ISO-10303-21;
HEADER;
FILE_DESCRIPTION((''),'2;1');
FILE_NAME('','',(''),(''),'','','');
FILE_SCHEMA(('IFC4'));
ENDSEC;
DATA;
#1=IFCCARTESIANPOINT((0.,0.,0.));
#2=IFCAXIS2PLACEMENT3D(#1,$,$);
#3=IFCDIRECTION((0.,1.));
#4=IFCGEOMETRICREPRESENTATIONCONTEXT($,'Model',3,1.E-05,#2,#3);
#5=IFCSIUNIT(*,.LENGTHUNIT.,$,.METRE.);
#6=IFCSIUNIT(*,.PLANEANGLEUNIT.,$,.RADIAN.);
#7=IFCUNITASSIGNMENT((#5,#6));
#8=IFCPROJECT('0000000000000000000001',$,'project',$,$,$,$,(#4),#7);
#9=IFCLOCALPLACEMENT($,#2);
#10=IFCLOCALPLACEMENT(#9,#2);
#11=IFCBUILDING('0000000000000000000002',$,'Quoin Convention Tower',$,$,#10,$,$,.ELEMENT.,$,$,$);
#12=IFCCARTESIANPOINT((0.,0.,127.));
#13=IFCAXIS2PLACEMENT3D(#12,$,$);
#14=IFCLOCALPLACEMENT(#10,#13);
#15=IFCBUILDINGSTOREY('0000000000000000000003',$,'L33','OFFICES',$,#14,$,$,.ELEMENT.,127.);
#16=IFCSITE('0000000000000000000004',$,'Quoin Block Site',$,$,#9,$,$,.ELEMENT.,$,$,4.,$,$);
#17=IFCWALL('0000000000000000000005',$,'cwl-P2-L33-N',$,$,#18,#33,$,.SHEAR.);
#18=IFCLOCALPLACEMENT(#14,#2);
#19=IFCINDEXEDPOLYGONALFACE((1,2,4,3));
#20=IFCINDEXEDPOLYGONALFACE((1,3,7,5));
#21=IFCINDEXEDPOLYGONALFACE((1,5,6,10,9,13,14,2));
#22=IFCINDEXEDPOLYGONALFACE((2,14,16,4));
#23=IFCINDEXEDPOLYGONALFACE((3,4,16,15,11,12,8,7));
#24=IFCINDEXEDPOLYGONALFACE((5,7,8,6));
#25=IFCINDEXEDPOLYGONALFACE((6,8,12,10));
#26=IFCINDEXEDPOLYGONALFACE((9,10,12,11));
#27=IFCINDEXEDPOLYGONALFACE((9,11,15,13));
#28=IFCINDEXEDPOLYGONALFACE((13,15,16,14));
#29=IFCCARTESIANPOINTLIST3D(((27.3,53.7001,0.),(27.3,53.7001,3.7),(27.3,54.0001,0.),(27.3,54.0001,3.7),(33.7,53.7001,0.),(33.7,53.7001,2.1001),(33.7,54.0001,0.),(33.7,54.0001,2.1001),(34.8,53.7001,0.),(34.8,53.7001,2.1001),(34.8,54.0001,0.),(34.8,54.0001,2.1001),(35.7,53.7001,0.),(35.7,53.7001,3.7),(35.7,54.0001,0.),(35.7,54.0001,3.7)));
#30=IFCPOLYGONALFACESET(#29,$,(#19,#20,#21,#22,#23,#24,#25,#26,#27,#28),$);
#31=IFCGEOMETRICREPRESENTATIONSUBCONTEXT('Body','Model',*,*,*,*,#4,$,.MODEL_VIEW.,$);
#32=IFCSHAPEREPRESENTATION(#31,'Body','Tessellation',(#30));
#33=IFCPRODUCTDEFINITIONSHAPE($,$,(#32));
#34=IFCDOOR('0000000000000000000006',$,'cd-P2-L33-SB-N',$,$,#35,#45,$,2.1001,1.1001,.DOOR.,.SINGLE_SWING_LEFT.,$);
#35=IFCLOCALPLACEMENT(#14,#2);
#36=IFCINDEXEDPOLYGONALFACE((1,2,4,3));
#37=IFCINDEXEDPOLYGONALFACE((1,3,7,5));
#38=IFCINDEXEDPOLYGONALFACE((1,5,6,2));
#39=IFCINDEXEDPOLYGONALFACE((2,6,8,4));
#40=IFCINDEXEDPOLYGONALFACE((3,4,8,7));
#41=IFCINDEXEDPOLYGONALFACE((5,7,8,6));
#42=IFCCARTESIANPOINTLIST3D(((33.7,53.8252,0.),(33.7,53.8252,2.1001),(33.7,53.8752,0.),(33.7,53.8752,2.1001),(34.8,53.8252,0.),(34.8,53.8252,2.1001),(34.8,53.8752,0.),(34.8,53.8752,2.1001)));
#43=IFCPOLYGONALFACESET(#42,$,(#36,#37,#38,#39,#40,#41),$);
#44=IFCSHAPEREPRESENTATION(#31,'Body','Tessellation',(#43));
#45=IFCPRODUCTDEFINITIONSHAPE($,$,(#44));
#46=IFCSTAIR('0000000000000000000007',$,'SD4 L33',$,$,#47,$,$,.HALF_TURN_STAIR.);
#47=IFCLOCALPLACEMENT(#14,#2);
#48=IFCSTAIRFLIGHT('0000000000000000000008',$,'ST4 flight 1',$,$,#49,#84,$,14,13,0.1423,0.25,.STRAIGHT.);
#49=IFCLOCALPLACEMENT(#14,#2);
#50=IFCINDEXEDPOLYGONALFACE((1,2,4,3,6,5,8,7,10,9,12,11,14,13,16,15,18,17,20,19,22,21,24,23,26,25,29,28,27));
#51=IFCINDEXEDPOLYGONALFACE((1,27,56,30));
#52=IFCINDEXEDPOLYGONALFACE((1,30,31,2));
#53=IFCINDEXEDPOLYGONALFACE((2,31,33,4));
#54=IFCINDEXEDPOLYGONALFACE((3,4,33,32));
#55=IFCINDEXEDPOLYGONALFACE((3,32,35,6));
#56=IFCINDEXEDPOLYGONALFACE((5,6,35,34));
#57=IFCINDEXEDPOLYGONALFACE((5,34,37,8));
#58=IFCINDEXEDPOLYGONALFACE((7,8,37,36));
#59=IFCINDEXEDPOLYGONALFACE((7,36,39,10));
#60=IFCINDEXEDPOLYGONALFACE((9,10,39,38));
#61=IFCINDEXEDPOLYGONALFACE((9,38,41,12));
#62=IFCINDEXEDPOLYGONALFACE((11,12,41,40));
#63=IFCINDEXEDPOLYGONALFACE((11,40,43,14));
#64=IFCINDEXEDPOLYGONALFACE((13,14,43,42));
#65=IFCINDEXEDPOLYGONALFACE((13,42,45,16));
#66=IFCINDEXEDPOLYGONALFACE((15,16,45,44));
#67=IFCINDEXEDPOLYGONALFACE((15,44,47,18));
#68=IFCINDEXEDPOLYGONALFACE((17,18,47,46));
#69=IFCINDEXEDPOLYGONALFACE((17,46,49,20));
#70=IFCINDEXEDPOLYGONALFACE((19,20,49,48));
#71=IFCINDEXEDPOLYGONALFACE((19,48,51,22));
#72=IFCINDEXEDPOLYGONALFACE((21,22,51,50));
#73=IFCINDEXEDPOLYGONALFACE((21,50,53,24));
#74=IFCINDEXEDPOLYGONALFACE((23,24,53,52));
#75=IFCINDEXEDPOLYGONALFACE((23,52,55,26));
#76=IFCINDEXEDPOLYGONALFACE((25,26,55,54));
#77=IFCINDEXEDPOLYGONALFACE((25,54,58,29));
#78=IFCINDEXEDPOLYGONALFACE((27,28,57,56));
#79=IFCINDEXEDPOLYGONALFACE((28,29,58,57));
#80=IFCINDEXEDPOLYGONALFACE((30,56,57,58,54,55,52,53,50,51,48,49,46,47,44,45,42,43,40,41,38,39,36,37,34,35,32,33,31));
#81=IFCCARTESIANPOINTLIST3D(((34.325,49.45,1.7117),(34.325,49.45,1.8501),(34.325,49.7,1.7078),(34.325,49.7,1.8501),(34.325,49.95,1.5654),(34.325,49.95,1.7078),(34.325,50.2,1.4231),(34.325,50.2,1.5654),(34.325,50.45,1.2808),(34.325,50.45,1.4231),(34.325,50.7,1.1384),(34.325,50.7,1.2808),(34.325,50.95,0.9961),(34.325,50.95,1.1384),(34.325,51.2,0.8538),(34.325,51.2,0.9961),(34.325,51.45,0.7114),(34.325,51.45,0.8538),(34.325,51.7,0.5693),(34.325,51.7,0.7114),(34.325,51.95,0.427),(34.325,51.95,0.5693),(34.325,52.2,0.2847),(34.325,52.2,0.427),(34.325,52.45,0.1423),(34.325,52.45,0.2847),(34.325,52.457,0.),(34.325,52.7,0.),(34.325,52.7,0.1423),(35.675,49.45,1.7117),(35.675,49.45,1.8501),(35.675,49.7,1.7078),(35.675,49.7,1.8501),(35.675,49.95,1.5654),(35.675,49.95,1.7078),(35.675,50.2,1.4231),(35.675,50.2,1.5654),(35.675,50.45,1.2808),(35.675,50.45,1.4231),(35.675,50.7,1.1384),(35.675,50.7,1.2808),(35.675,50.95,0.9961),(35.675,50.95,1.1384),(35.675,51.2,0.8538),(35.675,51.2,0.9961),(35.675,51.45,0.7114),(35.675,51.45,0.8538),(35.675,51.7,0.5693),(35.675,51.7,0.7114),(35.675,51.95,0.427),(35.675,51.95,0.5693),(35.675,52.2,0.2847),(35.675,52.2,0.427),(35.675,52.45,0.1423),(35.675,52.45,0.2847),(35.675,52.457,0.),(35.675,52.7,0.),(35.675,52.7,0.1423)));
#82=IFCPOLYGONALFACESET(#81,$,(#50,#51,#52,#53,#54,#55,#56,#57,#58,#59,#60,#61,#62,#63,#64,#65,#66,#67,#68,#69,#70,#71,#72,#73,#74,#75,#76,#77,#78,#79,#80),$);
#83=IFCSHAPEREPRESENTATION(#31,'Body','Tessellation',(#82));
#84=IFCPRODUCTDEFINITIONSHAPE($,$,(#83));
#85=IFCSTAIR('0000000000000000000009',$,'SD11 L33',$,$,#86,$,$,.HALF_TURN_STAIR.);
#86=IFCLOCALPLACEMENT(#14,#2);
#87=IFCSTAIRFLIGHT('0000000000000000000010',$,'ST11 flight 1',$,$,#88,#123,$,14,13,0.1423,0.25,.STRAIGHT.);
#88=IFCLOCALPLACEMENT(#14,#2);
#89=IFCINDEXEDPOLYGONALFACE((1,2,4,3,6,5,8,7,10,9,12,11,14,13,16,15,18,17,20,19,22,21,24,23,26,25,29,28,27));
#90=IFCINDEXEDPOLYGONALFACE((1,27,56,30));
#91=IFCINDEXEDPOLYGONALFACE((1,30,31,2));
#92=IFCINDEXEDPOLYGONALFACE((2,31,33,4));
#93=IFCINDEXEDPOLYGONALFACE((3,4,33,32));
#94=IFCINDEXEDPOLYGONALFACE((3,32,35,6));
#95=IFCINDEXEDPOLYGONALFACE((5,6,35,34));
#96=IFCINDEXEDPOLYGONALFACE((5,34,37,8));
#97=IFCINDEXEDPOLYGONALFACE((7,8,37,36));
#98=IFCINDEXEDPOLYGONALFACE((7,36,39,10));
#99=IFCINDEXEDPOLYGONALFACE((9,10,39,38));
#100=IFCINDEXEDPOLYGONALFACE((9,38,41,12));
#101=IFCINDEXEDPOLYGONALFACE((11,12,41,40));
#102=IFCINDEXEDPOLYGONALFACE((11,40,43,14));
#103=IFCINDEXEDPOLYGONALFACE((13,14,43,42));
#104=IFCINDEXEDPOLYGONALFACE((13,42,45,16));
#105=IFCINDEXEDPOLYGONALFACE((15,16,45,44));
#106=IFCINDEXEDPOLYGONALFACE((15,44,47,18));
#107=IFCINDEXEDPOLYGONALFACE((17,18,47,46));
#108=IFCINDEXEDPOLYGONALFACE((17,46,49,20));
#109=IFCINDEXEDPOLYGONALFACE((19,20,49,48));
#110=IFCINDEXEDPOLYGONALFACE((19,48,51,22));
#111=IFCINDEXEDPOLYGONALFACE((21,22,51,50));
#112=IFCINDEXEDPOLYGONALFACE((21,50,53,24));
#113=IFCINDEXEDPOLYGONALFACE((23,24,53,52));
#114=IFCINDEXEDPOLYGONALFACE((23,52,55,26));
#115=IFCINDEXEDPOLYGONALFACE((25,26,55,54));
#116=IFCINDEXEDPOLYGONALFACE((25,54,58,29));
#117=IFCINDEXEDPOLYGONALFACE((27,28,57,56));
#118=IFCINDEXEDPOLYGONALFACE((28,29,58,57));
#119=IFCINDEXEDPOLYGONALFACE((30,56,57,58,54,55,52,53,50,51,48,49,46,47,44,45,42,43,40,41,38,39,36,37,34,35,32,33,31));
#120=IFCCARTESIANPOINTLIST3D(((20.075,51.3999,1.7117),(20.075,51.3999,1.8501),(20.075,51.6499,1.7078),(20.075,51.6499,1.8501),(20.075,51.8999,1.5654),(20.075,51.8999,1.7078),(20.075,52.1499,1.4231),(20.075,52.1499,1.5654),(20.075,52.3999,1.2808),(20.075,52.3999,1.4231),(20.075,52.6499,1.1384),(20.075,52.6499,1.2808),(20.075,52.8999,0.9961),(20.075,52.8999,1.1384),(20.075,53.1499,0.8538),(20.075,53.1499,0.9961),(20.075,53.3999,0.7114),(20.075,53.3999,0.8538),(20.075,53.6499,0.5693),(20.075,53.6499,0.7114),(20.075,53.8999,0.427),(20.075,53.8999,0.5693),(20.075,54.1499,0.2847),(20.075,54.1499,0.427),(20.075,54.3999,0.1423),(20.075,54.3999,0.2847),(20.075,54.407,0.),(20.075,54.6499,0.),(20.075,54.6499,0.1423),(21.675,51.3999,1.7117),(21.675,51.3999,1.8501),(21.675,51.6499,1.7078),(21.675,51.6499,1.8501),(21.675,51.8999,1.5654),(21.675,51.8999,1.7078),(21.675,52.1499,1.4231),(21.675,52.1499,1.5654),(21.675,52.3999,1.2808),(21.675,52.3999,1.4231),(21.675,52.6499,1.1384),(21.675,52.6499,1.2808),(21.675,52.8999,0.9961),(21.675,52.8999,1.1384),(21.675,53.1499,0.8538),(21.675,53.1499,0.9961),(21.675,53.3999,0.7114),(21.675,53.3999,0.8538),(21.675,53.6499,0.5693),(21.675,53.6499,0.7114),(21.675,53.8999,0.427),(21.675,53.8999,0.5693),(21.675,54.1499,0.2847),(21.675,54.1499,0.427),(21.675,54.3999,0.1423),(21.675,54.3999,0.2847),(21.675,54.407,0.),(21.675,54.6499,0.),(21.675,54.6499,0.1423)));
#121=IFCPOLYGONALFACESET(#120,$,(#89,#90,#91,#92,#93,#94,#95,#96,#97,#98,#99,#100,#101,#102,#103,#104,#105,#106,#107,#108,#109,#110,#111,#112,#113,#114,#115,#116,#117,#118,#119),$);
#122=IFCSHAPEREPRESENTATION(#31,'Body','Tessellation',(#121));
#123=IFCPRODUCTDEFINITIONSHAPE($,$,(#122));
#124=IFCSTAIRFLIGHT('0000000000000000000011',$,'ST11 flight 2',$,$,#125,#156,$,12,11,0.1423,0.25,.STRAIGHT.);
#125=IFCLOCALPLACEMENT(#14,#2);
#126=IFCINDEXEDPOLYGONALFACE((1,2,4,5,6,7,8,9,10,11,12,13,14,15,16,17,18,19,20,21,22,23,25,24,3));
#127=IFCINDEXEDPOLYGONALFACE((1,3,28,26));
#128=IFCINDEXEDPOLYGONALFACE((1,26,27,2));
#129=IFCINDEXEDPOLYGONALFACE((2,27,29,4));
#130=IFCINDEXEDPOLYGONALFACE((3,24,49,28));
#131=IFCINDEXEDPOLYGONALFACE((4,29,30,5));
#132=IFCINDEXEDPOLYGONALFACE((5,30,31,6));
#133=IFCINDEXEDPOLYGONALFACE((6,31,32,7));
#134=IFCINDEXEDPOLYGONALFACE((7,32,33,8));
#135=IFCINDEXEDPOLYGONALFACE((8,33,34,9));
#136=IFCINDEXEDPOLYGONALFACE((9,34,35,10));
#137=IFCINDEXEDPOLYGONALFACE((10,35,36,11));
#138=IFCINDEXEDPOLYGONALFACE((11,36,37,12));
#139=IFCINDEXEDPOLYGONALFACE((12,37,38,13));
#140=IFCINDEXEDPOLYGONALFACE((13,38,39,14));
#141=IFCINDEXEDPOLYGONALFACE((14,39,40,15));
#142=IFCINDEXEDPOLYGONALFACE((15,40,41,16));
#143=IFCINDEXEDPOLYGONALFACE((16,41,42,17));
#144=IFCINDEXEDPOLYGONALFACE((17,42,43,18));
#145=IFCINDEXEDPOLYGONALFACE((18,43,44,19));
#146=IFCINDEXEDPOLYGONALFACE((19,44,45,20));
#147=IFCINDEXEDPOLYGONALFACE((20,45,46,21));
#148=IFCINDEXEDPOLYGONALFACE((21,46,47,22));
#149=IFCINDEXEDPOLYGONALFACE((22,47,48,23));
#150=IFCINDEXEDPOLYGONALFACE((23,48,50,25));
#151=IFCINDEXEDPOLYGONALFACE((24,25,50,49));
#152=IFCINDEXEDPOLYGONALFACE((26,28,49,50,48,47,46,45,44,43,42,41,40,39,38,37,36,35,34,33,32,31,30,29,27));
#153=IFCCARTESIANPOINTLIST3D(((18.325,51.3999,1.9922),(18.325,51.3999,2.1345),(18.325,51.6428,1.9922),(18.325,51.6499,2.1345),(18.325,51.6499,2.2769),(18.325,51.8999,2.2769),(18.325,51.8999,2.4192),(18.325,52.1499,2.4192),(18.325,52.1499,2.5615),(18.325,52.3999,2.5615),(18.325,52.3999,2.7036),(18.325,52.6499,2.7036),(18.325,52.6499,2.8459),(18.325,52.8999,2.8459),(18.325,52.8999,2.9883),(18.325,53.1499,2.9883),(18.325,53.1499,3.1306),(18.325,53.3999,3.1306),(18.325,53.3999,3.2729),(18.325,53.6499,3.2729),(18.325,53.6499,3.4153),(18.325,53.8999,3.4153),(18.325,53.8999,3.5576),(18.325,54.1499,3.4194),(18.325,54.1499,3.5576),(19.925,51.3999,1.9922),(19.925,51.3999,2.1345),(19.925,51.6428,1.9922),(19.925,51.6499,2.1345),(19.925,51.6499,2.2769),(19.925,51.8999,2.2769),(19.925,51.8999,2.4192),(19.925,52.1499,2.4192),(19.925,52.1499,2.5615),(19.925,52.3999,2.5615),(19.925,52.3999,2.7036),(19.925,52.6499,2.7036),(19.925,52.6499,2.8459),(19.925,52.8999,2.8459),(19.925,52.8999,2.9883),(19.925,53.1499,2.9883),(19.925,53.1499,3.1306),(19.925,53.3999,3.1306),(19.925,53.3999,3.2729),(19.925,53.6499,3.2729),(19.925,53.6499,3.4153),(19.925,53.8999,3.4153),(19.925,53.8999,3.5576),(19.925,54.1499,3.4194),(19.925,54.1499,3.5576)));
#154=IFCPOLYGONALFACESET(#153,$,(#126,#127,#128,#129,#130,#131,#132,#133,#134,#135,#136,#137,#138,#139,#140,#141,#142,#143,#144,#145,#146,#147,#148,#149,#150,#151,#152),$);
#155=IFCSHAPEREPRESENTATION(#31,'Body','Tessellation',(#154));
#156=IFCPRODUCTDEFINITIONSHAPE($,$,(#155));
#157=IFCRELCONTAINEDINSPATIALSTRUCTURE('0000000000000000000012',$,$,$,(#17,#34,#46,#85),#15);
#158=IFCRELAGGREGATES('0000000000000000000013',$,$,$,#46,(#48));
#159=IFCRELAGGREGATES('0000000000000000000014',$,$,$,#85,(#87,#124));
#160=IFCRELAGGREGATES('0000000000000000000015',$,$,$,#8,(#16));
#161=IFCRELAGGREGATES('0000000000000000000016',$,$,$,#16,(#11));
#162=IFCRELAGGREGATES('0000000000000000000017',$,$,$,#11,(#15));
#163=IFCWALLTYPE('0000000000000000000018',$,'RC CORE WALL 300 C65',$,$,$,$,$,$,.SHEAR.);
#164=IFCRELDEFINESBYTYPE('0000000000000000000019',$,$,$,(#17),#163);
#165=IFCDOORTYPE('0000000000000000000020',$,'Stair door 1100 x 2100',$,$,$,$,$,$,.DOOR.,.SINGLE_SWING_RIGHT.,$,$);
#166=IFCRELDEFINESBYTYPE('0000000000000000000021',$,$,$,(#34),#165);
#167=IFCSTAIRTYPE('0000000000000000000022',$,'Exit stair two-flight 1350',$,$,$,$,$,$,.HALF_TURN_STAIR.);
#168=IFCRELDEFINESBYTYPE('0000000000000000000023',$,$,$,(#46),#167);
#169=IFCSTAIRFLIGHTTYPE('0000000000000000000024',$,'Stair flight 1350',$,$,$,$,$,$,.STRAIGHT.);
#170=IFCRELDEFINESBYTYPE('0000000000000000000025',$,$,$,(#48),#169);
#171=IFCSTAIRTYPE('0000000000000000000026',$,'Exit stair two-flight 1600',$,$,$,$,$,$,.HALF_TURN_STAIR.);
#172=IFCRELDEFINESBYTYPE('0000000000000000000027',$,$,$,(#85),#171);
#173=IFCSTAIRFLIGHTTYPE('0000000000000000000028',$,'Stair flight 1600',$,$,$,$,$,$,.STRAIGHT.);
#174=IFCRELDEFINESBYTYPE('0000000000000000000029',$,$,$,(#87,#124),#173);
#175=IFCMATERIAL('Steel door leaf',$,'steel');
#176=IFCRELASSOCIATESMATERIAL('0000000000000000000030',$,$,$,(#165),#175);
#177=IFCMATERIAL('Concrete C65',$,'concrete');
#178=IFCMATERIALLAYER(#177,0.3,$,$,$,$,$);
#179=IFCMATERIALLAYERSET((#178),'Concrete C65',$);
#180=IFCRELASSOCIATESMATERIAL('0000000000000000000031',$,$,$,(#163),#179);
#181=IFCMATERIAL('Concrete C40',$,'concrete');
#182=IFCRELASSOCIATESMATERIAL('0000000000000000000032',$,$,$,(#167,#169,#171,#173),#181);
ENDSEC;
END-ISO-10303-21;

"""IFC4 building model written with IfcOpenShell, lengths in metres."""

from ifc_helpers import new_model, si_unit, direction, frame, frame_2d, origin, place, context, subcontext, project, spatial, polyline, rectangle, outline, extrude, material, layer, layer_set, type_object, element, fill, aggregate, save


model = new_model("IFC4")

# Units and contexts
model_context = context("Model", 3, precision=1e-05, world=origin(), true_north=direction((0.0, 1.0)))
body_context = subcontext(model_context, "Body", "Model", "MODEL_VIEW")
ifc_project = project(units=[si_unit("LENGTHUNIT", "METRE"), si_unit("PLANEANGLEUNIT", "RADIAN")], contexts=[model_context])

# Site, building, storey
site_placement = place(None, origin())
site = spatial("IfcSite", under=ifc_project, at=site_placement, Name="Quoin Block Site", CompositionType="ELEMENT", RefElevation=4.0)
building_placement = place(site_placement, origin())
building = spatial("IfcBuilding", under=site, at=building_placement, Name="Quoin Convention Tower", CompositionType="ELEMENT")
storey_placement = place(building_placement, frame((0.0, 0.0, 127.0)))
storey = spatial("IfcBuildingStorey", under=building, at=storey_placement, Name="L33", Description="OFFICES", CompositionType="ELEMENT", Elevation=127.0)

# Shared definitions
ifc_material_1 = material(Name="Concrete C65", Category="concrete")

# Shared definitions
ifc_material_2 = material(Name="Steel door leaf", Category="steel")
door_type_1 = type_object("IfcDoorType", Name="Stair door 1100 x 2100", OperationType="SINGLE_SWING_RIGHT", PredefinedType="DOOR", material=ifc_material_2)

# Wall, opening, door
ifc_layer_1 = layer(ifc_material_1, 0.3)
ifc_layer_set_1 = layer_set([ifc_layer_1], Name="Concrete C65")
wall_type_1 = type_object("IfcWallType", Name="RC CORE WALL 300 C65", PredefinedType="SHEAR", material=ifc_layer_set_1)
wall_1_placement = place(storey_placement, frame((27.3, 53.8501, 0.0), z_axis=(0.0, 0.0, 1.0), x_axis=(1.0, 0.0, 0.0)))
wall_1 = element("IfcWall", 1, at=wall_1_placement, inside=storey, type_object=wall_type_1, Name="cwl-P2-L33-N", PredefinedType="SHEAR", context=body_context, shape_type="SweptSolid", body=[
    extrude(rectangle(XDim=8.3999, YDim=0.3, at=frame_2d((4.2, 0.0))), origin(), (0.0, 0.0, 1.0), 3.7),
])
opening_1_placement = place(wall_1_placement, frame((6.3999, 0.0, 0.0)))
opening_1 = element("IfcOpeningElement", 2, at=opening_1_placement, cuts=wall_1, PredefinedType="OPENING", context=body_context, shape_type="SweptSolid", body=[
    extrude(rectangle(XDim=1.1001, YDim=2.1001, at=frame_2d((0.55, 1.05))), frame((0.0, 0.1599, 0.0), z_axis=(0.0, -1.0, 0.0), x_axis=(1.0, 0.0, 0.0)), (0.0, 0.0, 1.0), 0.3201),
])
door_1_placement = place(opening_1_placement, frame((1.1001, 0.0, 0.0), z_axis=(0.0, 0.0, 1.0), x_axis=(-1.0, 0.0, 0.0)))
door_1 = element("IfcDoor", 3, at=door_1_placement, inside=storey, type_object=door_type_1, Name="cd-P2-L33-SB-N", OperationType="SINGLE_SWING_LEFT", OverallHeight=2.1001, OverallWidth=1.1001, PredefinedType="DOOR", context=body_context, shape_type="SweptSolid", body=[
    extrude(rectangle(XDim=1.1001, YDim=2.1001, at=frame_2d((0.55, 1.05))), frame((0.0, 0.0249, 0.0), z_axis=(0.0, -1.0, 0.0), x_axis=(1.0, 0.0, 0.0)), (0.0, 0.0, 1.0), 0.05),
])
fill(opening_1, door_1)

# Stair, stair flight
ifc_material_3 = material(Name="Concrete C40", Category="concrete")
stair_type_1 = type_object("IfcStairType", Name="Exit stair two-flight 1350", PredefinedType="HALF_TURN_STAIR", material=ifc_material_3)
stair_1_placement = place(storey_placement, origin())
stair_1 = element("IfcStair", 4, at=stair_1_placement, inside=storey, type_object=stair_type_1, Name="SD4 L33", PredefinedType="HALF_TURN_STAIR")
stair_flight_type_1 = type_object("IfcStairFlightType", Name="Stair flight 1350", PredefinedType="STRAIGHT", material=ifc_material_3)
stair_flight_1_placement = place(storey_placement, frame((35.0, 52.7, 0.0), z_axis=(0.0, 0.0, 1.0), x_axis=(0.0, -1.0, 0.0)))
stair_flight_1 = element("IfcStairFlight", 5, at=stair_flight_1_placement, type_object=stair_flight_type_1, Name="ST4 flight 1", NumberOfRisers=14, NumberOfTreads=13, PredefinedType="STRAIGHT", RiserHeight=0.1423, TreadLength=0.25, context=body_context, shape_type="SweptSolid", body=[
    extrude(outline(polyline([(0.0, 0.0), (0.0, 0.1423), (0.25, 0.1423), (0.25, 0.2847), (0.5, 0.2847), (0.5, 0.427), (0.75, 0.427), (0.75, 0.5693), (1.0, 0.5693), (1.0, 0.7114), (1.25, 0.7114), (1.25, 0.8538), (1.5, 0.8538), (1.5, 0.9961), (1.75, 0.9961), (1.75, 1.1384), (2.0, 1.1384), (2.0, 1.2808), (2.25, 1.2808), (2.25, 1.4231), (2.5, 1.4231), (2.5, 1.5654), (2.75, 1.5654), (2.75, 1.7078), (3.0, 1.7078), (3.0, 1.8501), (3.25, 1.8501), (3.25, 1.9922), (3.25, 1.7117), (0.2429, 0.0), (0.0, 0.0)])), frame((0.0, 0.675, 0.0), z_axis=(0.0, -1.0, 0.0), x_axis=(1.0, 0.0, 0.0)), (0.0, 0.0, 1.0), 1.3501),
])
aggregate(stair_1, [stair_flight_1])

# Stair, stair flights
stair_type_2 = type_object("IfcStairType", Name="Exit stair two-flight 1600", PredefinedType="HALF_TURN_STAIR", material=ifc_material_3)
stair_2_placement = place(storey_placement, origin())
stair_2 = element("IfcStair", 6, at=stair_2_placement, inside=storey, type_object=stair_type_2, Name="SD11 L33", PredefinedType="HALF_TURN_STAIR")
stair_flight_type_2 = type_object("IfcStairFlightType", Name="Stair flight 1600", PredefinedType="STRAIGHT", material=ifc_material_3)
stair_flight_2_placement = place(storey_placement, frame((20.875, 54.6499, 0.0), z_axis=(0.0, 0.0, 1.0), x_axis=(0.0, -1.0, 0.0)))
stair_flight_2 = element("IfcStairFlight", 7, at=stair_flight_2_placement, type_object=stair_flight_type_2, Name="ST11 flight 1", NumberOfRisers=14, NumberOfTreads=13, PredefinedType="STRAIGHT", RiserHeight=0.1423, TreadLength=0.25, context=body_context, shape_type="SweptSolid", body=[
    extrude(outline(polyline([(0.0, 0.0), (0.0, 0.1423), (0.25, 0.1423), (0.25, 0.2847), (0.5, 0.2847), (0.5, 0.427), (0.75, 0.427), (0.75, 0.5693), (1.0, 0.5693), (1.0, 0.7114), (1.25, 0.7114), (1.25, 0.8538), (1.5, 0.8538), (1.5, 0.9961), (1.75, 0.9961), (1.75, 1.1384), (2.0, 1.1384), (2.0, 1.2808), (2.25, 1.2808), (2.25, 1.4231), (2.5, 1.4231), (2.5, 1.5654), (2.75, 1.5654), (2.75, 1.7078), (3.0, 1.7078), (3.0, 1.8501), (3.25, 1.8501), (3.25, 1.9922), (3.25, 1.7117), (0.2429, 0.0), (0.0, 0.0)])), frame((0.0, 0.8, 0.0), z_axis=(0.0, -1.0, 0.0), x_axis=(1.0, 0.0, 0.0)), (0.0, 0.0, 1.0), 1.6001),
])
stair_flight_3_placement = place(storey_placement, frame((19.125, 51.3999, 1.9922), z_axis=(0.0, 0.0, 1.0), x_axis=(0.0, 1.0, 0.0)))
stair_flight_3 = element("IfcStairFlight", 8, at=stair_flight_3_placement, type_object=stair_flight_type_2, Name="ST11 flight 2", NumberOfRisers=12, NumberOfTreads=11, PredefinedType="STRAIGHT", RiserHeight=0.1423, TreadLength=0.25, context=body_context, shape_type="SweptSolid", body=[
    extrude(outline(polyline([(0.0, 0.0), (0.0, 0.1423), (0.25, 0.1423), (0.25, 0.2847), (0.5, 0.2847), (0.5, 0.427), (0.75, 0.427), (0.75, 0.5693), (1.0, 0.5693), (1.0, 0.7114), (1.25, 0.7114), (1.25, 0.8538), (1.5, 0.8538), (1.5, 0.9961), (1.75, 0.9961), (1.75, 1.1384), (2.0, 1.1384), (2.0, 1.2808), (2.25, 1.2808), (2.25, 1.4231), (2.5, 1.4231), (2.5, 1.5654), (2.75, 1.5654), (2.75, 1.7078), (2.75, 1.4272), (0.2429, 0.0), (0.0, 0.0)])), frame((0.0, 0.8, 0.0), z_axis=(0.0, -1.0, 0.0), x_axis=(1.0, 0.0, 0.0)), (0.0, 0.0, 1.0), 1.6001),
])
aggregate(stair_2, [stair_flight_2, stair_flight_3])

save(model, "model.ifc")
